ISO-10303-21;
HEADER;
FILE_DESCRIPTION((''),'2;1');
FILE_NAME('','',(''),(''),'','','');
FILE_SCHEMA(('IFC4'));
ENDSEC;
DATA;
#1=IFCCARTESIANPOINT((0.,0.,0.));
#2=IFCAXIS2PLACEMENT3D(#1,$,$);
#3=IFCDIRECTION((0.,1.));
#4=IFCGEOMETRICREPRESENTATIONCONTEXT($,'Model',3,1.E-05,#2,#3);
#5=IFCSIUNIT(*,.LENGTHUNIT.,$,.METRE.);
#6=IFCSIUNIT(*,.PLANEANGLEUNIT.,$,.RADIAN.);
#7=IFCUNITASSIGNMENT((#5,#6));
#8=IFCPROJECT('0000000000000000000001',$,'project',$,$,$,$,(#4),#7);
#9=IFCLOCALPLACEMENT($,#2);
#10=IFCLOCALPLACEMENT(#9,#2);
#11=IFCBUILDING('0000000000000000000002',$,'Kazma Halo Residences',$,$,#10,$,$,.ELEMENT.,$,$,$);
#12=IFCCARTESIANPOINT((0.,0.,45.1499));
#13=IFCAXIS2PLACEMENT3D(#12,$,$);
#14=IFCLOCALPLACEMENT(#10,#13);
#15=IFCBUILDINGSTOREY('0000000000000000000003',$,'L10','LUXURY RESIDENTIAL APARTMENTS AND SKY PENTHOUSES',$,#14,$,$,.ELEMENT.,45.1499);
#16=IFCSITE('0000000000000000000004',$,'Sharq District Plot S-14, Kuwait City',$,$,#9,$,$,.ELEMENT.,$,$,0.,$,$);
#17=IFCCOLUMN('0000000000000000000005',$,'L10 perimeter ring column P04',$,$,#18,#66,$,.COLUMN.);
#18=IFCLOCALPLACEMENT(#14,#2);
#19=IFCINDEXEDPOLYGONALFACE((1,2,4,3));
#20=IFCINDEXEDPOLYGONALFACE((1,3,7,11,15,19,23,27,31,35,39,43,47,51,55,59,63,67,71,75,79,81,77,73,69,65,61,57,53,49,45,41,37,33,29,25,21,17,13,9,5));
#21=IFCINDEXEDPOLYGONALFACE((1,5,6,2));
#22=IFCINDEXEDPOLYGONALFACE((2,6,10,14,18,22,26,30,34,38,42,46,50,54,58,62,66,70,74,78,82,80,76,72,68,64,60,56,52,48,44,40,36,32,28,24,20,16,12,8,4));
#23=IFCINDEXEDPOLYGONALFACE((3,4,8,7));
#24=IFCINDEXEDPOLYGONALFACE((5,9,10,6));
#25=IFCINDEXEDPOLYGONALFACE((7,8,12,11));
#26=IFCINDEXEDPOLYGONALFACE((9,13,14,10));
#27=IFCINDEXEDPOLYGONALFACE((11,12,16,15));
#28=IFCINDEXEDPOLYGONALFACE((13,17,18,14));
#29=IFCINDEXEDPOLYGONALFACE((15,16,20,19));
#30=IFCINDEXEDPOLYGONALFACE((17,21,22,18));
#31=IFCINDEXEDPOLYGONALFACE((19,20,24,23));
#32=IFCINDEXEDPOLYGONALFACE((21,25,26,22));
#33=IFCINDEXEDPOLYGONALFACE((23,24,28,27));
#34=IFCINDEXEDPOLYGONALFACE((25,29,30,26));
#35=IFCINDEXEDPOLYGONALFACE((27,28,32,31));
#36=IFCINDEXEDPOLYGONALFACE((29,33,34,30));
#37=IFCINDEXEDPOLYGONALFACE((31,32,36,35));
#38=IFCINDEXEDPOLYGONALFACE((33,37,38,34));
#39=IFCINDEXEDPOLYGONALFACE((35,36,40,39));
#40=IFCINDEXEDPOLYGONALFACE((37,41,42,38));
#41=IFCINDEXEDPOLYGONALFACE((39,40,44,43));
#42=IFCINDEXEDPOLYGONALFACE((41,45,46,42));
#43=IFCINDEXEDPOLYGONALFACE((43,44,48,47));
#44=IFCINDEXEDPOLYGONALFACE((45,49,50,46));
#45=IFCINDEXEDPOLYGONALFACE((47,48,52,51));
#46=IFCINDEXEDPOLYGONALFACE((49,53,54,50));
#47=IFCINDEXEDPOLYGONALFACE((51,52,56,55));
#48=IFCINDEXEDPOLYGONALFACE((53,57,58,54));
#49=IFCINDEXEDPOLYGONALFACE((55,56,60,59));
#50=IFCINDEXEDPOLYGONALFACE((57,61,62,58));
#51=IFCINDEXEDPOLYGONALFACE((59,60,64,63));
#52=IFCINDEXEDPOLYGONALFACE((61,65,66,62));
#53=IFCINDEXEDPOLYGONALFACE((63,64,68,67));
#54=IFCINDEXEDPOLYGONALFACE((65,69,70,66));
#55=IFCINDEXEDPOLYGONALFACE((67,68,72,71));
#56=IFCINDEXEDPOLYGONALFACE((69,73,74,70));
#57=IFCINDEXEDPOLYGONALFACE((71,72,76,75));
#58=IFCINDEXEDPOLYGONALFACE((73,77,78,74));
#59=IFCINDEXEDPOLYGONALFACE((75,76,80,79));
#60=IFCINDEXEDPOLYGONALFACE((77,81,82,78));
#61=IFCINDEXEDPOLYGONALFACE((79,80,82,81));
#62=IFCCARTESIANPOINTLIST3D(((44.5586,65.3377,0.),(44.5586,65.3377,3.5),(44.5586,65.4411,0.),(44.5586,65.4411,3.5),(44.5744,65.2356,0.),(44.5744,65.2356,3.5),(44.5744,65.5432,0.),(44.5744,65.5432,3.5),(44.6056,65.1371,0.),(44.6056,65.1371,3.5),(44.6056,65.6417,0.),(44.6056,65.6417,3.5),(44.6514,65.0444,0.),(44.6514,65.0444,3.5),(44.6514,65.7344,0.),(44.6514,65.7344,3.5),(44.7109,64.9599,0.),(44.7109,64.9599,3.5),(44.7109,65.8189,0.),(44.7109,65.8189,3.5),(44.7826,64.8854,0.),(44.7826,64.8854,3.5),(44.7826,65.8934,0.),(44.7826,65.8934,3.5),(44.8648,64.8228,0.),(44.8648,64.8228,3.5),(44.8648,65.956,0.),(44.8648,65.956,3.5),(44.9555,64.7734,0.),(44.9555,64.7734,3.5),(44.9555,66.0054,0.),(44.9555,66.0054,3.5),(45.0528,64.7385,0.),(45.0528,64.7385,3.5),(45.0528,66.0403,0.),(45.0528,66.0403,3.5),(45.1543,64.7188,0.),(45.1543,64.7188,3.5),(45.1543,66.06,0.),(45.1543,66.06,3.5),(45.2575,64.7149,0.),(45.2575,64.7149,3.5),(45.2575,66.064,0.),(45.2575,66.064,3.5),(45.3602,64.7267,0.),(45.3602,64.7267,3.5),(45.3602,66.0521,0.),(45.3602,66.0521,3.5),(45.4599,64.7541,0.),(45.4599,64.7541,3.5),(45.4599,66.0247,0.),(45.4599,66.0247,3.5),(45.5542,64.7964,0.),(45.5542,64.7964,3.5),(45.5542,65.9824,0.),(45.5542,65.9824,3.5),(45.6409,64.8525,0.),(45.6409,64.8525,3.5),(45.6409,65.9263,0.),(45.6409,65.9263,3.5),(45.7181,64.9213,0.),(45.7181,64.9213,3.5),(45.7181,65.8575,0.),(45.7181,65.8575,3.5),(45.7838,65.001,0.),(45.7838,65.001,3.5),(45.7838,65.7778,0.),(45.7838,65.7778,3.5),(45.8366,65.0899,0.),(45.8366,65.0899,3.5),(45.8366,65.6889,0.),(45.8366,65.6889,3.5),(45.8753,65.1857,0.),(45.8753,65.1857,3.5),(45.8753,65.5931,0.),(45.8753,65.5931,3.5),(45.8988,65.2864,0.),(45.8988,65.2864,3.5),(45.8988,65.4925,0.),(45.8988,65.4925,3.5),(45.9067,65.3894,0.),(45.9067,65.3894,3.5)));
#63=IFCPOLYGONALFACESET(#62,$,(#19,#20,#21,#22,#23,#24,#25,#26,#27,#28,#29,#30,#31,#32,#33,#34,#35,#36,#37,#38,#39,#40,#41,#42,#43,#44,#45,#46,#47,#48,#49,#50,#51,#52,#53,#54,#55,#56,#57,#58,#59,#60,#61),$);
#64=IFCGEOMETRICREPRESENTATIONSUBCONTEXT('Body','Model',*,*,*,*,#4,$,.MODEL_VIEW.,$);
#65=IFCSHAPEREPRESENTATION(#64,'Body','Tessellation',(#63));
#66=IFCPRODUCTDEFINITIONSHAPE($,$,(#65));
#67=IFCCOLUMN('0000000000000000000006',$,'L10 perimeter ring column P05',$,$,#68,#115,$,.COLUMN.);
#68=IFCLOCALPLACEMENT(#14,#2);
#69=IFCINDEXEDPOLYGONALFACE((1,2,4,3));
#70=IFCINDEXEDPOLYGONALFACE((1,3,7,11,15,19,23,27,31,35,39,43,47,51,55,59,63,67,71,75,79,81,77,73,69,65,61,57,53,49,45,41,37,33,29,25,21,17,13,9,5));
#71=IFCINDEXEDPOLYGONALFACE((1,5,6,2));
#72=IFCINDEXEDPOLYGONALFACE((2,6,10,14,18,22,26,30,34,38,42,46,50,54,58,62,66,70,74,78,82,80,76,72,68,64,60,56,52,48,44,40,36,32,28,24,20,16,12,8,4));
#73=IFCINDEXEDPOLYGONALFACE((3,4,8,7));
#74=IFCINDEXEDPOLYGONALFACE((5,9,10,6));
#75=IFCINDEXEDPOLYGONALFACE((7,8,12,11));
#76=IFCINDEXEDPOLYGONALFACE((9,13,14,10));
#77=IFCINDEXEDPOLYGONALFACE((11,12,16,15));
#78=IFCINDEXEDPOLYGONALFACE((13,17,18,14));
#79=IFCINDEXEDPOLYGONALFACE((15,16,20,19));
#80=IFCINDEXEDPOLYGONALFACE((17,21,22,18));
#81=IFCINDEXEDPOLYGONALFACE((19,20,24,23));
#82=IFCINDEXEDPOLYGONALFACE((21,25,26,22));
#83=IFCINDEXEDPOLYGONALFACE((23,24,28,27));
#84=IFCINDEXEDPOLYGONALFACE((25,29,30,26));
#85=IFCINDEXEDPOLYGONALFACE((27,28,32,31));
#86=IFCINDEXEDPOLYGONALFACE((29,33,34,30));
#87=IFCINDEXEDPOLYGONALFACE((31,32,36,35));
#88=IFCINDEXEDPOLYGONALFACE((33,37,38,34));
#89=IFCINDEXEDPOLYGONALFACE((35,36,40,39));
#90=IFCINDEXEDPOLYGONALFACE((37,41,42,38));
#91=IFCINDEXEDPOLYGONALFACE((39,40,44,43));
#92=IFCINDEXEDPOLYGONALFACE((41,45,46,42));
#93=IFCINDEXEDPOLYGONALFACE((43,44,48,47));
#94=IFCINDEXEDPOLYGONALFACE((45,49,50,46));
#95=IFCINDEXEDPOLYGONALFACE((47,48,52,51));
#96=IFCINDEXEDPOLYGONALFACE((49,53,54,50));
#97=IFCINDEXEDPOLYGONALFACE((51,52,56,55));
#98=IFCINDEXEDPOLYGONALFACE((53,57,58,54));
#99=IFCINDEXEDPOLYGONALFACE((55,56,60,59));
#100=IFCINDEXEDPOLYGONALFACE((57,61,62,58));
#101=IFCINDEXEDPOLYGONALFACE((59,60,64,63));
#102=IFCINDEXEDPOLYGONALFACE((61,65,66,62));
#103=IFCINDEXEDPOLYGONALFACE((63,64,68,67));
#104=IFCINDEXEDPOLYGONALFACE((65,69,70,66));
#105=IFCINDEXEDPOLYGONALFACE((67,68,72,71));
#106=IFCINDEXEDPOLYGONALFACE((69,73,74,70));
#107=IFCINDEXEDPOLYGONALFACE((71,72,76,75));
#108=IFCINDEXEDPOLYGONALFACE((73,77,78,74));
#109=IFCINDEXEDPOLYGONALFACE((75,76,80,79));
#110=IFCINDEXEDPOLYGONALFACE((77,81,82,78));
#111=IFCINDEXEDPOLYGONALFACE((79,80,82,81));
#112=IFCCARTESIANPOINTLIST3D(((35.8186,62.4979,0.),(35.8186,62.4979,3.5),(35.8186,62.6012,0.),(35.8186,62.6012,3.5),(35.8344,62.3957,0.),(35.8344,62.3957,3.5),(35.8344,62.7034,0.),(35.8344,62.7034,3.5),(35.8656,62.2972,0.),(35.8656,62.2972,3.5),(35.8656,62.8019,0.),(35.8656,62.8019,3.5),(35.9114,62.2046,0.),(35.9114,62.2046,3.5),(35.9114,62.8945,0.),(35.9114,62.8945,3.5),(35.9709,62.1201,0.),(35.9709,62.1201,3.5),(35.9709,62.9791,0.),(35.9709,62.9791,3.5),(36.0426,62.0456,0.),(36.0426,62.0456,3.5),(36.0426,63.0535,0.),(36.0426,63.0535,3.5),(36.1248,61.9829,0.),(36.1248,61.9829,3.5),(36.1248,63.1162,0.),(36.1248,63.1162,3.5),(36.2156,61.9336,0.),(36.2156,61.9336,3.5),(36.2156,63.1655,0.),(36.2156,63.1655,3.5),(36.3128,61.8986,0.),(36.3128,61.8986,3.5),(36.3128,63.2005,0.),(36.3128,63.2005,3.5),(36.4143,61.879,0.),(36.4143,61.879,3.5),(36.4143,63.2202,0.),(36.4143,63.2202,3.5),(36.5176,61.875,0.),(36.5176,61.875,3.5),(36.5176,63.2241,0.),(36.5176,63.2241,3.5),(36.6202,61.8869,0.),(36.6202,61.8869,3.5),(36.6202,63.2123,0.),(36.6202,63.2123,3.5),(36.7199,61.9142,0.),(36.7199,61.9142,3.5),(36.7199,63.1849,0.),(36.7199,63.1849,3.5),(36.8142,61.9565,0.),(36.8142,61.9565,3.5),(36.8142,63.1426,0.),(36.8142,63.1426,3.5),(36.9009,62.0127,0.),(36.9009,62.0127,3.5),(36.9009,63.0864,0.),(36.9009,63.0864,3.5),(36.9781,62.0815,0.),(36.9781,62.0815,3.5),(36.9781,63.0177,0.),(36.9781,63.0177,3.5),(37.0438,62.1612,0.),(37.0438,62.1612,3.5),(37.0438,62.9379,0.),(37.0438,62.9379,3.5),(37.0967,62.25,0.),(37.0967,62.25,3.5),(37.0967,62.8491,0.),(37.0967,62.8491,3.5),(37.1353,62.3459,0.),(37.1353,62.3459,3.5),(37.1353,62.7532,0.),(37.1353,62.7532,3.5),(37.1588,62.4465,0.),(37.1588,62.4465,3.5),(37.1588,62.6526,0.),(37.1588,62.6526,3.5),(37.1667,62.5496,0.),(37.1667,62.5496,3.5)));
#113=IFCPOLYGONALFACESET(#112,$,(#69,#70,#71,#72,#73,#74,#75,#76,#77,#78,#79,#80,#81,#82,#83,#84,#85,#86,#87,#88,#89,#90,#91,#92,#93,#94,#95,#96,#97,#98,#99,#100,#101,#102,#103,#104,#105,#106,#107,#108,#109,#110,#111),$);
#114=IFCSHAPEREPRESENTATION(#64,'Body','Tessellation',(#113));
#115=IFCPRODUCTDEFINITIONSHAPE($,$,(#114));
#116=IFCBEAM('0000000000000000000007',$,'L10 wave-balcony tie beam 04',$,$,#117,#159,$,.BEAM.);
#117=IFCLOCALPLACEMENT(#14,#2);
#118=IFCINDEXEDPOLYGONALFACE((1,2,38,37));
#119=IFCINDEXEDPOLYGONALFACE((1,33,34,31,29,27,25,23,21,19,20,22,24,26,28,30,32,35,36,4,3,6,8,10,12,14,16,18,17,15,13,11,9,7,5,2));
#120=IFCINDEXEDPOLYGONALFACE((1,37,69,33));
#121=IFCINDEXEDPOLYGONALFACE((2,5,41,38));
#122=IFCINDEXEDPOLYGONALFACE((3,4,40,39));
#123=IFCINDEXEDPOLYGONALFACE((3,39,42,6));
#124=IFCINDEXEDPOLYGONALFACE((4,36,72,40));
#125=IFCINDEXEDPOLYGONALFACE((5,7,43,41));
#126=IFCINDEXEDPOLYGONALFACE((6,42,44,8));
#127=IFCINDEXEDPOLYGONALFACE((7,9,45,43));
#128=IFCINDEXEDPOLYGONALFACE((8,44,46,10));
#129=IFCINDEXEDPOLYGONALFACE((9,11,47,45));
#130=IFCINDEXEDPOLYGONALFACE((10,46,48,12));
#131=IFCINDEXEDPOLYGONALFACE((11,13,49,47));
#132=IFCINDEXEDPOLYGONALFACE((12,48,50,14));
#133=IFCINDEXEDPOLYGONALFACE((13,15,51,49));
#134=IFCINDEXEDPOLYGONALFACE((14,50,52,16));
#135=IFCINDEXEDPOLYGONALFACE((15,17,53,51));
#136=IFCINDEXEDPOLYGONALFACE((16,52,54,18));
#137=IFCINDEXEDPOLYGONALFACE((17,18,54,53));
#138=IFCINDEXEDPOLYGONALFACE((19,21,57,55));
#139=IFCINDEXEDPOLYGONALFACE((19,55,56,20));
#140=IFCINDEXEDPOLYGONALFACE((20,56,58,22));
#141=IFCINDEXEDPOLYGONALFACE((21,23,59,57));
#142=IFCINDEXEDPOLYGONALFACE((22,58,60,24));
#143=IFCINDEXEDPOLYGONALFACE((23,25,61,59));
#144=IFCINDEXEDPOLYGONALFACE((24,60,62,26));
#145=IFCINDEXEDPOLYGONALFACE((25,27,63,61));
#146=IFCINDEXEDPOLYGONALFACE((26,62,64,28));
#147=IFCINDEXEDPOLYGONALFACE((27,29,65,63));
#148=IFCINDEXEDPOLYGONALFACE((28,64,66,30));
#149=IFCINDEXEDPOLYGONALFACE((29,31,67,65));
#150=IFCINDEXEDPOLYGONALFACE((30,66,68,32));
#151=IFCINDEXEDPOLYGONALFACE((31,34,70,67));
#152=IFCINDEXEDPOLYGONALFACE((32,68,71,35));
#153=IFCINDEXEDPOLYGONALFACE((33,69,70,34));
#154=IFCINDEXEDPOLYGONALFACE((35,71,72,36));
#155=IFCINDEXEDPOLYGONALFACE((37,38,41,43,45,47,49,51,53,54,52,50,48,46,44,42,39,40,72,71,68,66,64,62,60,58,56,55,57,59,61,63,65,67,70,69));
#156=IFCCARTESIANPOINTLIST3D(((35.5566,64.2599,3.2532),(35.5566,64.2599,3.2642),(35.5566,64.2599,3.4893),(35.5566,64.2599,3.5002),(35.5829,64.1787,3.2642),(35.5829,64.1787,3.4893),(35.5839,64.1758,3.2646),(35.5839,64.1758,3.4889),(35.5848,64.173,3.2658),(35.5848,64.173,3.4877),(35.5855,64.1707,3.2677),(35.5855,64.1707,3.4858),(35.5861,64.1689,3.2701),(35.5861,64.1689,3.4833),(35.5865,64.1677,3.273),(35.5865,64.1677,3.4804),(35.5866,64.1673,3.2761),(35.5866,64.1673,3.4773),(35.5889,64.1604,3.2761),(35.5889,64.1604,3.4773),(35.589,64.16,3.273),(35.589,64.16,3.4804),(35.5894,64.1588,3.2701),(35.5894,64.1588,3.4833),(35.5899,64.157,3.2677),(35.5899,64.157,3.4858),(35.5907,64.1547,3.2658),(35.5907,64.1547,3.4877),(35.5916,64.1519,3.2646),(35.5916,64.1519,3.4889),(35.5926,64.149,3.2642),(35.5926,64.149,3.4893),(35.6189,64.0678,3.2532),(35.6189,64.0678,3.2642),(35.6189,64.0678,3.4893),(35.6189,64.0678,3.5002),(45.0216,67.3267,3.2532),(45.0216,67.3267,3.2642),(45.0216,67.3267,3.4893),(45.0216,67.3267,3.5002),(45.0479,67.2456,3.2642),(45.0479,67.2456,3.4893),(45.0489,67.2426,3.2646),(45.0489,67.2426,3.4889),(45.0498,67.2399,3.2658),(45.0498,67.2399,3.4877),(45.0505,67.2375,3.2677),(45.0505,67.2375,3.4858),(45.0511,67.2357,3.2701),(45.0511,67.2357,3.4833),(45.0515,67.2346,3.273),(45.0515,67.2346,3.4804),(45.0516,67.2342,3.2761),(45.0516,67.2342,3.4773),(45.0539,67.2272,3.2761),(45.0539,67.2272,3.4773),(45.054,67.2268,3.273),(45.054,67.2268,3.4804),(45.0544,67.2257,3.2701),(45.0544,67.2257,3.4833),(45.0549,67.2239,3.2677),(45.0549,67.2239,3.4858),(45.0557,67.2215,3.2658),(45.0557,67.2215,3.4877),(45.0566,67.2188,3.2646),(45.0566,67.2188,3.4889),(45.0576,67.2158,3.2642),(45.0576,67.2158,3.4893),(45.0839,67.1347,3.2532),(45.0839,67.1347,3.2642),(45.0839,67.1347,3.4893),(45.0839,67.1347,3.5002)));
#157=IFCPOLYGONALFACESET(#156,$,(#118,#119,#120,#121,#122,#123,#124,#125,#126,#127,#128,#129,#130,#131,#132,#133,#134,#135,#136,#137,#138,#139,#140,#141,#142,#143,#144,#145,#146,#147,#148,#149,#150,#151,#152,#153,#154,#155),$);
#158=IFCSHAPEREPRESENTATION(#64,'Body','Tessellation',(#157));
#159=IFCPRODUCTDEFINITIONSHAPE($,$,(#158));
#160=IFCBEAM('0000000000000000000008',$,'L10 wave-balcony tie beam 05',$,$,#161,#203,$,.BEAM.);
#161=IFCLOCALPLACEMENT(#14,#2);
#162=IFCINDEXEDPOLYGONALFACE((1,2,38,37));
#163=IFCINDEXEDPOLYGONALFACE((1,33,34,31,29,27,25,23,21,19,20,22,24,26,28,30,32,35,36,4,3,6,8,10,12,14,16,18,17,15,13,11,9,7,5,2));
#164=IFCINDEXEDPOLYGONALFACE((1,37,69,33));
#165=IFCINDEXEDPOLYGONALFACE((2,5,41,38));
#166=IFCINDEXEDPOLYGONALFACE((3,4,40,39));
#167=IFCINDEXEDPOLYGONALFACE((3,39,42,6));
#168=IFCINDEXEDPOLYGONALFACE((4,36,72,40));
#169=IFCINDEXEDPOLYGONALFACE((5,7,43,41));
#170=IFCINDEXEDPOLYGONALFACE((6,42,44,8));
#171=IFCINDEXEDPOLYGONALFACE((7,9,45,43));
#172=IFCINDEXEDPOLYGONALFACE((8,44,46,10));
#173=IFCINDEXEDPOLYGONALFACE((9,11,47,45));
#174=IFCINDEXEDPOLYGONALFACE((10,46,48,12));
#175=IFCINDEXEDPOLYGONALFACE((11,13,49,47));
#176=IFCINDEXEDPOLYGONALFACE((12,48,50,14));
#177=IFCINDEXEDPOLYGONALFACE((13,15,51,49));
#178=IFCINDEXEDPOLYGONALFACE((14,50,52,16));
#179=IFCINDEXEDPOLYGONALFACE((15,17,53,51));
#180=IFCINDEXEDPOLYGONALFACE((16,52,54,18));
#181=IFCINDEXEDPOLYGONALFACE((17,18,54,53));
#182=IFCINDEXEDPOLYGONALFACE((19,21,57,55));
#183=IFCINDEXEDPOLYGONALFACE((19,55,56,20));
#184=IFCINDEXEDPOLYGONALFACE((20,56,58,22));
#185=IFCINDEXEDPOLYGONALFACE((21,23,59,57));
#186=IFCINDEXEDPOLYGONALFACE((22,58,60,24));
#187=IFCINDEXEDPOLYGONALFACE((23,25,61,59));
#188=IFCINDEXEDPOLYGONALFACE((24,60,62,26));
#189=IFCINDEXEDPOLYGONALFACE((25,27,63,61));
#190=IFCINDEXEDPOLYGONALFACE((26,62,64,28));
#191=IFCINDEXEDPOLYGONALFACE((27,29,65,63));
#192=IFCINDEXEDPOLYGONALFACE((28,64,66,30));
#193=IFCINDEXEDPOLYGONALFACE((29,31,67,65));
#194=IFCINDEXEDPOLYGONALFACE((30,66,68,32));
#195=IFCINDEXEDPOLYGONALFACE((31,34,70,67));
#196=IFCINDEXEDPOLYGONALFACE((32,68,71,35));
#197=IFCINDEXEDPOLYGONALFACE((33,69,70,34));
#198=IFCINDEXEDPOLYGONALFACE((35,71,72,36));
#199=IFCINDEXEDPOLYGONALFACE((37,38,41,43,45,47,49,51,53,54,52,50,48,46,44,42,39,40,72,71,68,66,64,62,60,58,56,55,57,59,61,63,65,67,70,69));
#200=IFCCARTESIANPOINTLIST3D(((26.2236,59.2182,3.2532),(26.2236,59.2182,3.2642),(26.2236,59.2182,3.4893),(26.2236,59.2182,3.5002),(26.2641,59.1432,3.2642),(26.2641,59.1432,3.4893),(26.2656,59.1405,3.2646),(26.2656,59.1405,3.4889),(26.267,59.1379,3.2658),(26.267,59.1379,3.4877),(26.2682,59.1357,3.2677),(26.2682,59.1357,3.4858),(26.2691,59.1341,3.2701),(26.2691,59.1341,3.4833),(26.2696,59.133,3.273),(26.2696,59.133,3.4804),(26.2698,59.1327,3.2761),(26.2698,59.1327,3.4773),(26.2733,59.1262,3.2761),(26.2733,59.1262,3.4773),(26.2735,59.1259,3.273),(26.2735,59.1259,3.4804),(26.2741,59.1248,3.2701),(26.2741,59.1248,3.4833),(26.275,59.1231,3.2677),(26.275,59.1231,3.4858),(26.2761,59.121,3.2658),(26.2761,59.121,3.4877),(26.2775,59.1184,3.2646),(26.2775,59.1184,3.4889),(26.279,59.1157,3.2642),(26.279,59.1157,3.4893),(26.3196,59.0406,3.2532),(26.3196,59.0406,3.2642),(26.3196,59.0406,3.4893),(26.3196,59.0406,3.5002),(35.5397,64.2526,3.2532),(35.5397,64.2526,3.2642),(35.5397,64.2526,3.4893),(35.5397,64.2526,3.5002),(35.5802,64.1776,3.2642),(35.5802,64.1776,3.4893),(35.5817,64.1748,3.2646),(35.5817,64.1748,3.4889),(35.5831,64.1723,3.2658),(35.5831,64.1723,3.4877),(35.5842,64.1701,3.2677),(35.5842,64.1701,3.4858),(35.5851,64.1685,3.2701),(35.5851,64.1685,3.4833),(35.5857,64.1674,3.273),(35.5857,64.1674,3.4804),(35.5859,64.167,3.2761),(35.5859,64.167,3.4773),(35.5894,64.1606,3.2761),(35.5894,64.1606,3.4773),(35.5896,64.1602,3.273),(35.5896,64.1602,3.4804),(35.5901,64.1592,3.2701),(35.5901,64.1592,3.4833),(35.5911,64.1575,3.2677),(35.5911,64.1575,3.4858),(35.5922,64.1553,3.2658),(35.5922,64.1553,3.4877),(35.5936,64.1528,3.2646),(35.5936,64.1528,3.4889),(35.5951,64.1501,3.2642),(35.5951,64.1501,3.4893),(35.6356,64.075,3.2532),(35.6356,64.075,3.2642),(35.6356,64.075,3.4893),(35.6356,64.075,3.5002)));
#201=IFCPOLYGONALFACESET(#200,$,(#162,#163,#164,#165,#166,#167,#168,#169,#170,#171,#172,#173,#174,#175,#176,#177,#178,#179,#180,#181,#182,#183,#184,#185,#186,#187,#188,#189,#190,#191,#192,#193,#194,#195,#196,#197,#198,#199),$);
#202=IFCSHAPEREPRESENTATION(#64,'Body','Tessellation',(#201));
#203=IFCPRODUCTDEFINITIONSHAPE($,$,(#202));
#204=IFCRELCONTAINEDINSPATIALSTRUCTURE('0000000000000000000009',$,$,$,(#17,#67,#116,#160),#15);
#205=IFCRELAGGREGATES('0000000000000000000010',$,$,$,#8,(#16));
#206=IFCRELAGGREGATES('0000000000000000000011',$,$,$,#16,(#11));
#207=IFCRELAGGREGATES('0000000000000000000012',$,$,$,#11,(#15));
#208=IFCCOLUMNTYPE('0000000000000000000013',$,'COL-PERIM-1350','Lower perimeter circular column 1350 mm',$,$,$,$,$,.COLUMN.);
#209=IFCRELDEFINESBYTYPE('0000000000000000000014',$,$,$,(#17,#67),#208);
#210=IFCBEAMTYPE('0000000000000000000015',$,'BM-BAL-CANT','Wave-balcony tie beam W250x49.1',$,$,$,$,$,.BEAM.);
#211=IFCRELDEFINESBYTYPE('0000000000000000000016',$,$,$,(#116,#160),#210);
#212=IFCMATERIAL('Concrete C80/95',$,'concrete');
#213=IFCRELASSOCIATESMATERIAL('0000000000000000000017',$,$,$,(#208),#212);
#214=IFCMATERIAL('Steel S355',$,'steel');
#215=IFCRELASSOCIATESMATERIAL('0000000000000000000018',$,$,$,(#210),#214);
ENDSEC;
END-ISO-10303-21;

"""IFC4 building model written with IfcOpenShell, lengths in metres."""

from ifc_helpers import new_model, si_unit, direction, frame, origin, origin_2d, place, context, subcontext, project, spatial, circle, i_section, extrude, material, material_profile, profile_set, type_object, element, save


model = new_model("IFC4")

# Units and contexts
model_context = context("Model", 3, precision=1e-05, world=origin(), true_north=direction((0.0, 1.0)))
body_context = subcontext(model_context, "Body", "Model", "MODEL_VIEW")
ifc_project = project(units=[si_unit("LENGTHUNIT", "METRE"), si_unit("PLANEANGLEUNIT", "RADIAN")], contexts=[model_context])

# Site, building, storey
site_placement = place(None, origin())
site = spatial("IfcSite", under=ifc_project, at=site_placement, Name="Sharq District Plot S-14, Kuwait City", CompositionType="ELEMENT", RefElevation=0.0)
building_placement = place(site_placement, origin())
building = spatial("IfcBuilding", under=site, at=building_placement, Name="Kazma Halo Residences", CompositionType="ELEMENT")
storey_placement = place(building_placement, frame((0.0, 0.0, 45.1499)))
storey = spatial("IfcBuildingStorey", under=building, at=storey_placement, Name="L10", Description="LUXURY RESIDENTIAL APARTMENTS AND SKY PENTHOUSES", CompositionType="ELEMENT", Elevation=45.1499)

# Columns
ifc_material_1 = material(Name="Concrete C80/95", Category="concrete")
ifc_material_profile_1 = material_profile(ifc_material_1, circle(Radius=0.675, at=origin_2d()), Name="CIRC1350")
ifc_profile_set_1 = profile_set([ifc_material_profile_1], Name="Concrete C80/95")
column_type = type_object("IfcColumnType", Name="COL-PERIM-1350", Description="Lower perimeter circular column 1350 mm", PredefinedType="COLUMN", material=ifc_profile_set_1)
for number, where, z_axis, x_axis, name in (
    (1, (45.2317, 65.3894, 0.0), (0.0, 0.0, 1.0), (1.0, 0.0, 0.0), "L10 perimeter ring column P04"),
    (2, (36.4917, 62.5496, 0.0), (0.0, 0.0, 1.0), (1.0, 0.0, 0.0), "L10 perimeter ring column P05"),
):
    element("IfcColumn", number, at=place(storey_placement, frame(where, z_axis=z_axis, x_axis=x_axis)), inside=storey, type_object=column_type, Name=name, PredefinedType="COLUMN", context=body_context, shape_type="SweptSolid", body=[
        extrude(circle(Radius=0.675, at=origin_2d()), origin(), (0.0, 0.0, 1.0), 3.5),
    ])

# Beams
ifc_material_2 = material(Name="Steel S355", Category="steel")
ifc_material_profile_2 = material_profile(ifc_material_2, i_section(OverallWidth=0.2019, OverallDepth=0.2471, WebThickness=0.0073, FlangeThickness=0.011, FilletRadius=0.012, at=origin_2d()), Name="W250x49.1")
ifc_profile_set_2 = profile_set([ifc_material_profile_2], Name="Steel S355")
beam_type_1 = type_object("IfcBeamType", Name="BM-BAL-CANT", Description="Wave-balcony tie beam W250x49.1", PredefinedType="BEAM", material=ifc_profile_set_2)
beam_1_placement = place(storey_placement, frame((45.0527, 67.2307, 3.3767), z_axis=(-0.951307, -0.308244, 0.0), x_axis=(0.308244, -0.951307, 0.0)))
element("IfcBeam", 3, at=beam_1_placement, inside=storey, type_object=beam_type_1, Name="L10 wave-balcony tie beam 04", PredefinedType="BEAM", context=body_context, shape_type="SweptSolid", body=[
    extrude(i_section(OverallWidth=0.2019, OverallDepth=0.2471, WebThickness=0.0073, FlangeThickness=0.011, FilletRadius=0.012, at=origin_2d()), origin(), (0.0, 0.0, 1.0), 9.9495),
])
beam_2_placement = place(storey_placement, frame((35.5876, 64.1638, 3.3767), z_axis=(-0.879759, -0.475419, 0.0), x_axis=(0.475419, -0.879759, 0.0)))
element("IfcBeam", 4, at=beam_2_placement, inside=storey, type_object=beam_type_1, Name="L10 wave-balcony tie beam 05", PredefinedType="BEAM", context=body_context, shape_type="SweptSolid", body=[
    extrude(i_section(OverallWidth=0.2019, OverallDepth=0.2471, WebThickness=0.0073, FlangeThickness=0.011, FilletRadius=0.012, at=origin_2d()), origin(), (0.0, 0.0, 1.0), 10.5894),
])

save(model, "model.ifc")
